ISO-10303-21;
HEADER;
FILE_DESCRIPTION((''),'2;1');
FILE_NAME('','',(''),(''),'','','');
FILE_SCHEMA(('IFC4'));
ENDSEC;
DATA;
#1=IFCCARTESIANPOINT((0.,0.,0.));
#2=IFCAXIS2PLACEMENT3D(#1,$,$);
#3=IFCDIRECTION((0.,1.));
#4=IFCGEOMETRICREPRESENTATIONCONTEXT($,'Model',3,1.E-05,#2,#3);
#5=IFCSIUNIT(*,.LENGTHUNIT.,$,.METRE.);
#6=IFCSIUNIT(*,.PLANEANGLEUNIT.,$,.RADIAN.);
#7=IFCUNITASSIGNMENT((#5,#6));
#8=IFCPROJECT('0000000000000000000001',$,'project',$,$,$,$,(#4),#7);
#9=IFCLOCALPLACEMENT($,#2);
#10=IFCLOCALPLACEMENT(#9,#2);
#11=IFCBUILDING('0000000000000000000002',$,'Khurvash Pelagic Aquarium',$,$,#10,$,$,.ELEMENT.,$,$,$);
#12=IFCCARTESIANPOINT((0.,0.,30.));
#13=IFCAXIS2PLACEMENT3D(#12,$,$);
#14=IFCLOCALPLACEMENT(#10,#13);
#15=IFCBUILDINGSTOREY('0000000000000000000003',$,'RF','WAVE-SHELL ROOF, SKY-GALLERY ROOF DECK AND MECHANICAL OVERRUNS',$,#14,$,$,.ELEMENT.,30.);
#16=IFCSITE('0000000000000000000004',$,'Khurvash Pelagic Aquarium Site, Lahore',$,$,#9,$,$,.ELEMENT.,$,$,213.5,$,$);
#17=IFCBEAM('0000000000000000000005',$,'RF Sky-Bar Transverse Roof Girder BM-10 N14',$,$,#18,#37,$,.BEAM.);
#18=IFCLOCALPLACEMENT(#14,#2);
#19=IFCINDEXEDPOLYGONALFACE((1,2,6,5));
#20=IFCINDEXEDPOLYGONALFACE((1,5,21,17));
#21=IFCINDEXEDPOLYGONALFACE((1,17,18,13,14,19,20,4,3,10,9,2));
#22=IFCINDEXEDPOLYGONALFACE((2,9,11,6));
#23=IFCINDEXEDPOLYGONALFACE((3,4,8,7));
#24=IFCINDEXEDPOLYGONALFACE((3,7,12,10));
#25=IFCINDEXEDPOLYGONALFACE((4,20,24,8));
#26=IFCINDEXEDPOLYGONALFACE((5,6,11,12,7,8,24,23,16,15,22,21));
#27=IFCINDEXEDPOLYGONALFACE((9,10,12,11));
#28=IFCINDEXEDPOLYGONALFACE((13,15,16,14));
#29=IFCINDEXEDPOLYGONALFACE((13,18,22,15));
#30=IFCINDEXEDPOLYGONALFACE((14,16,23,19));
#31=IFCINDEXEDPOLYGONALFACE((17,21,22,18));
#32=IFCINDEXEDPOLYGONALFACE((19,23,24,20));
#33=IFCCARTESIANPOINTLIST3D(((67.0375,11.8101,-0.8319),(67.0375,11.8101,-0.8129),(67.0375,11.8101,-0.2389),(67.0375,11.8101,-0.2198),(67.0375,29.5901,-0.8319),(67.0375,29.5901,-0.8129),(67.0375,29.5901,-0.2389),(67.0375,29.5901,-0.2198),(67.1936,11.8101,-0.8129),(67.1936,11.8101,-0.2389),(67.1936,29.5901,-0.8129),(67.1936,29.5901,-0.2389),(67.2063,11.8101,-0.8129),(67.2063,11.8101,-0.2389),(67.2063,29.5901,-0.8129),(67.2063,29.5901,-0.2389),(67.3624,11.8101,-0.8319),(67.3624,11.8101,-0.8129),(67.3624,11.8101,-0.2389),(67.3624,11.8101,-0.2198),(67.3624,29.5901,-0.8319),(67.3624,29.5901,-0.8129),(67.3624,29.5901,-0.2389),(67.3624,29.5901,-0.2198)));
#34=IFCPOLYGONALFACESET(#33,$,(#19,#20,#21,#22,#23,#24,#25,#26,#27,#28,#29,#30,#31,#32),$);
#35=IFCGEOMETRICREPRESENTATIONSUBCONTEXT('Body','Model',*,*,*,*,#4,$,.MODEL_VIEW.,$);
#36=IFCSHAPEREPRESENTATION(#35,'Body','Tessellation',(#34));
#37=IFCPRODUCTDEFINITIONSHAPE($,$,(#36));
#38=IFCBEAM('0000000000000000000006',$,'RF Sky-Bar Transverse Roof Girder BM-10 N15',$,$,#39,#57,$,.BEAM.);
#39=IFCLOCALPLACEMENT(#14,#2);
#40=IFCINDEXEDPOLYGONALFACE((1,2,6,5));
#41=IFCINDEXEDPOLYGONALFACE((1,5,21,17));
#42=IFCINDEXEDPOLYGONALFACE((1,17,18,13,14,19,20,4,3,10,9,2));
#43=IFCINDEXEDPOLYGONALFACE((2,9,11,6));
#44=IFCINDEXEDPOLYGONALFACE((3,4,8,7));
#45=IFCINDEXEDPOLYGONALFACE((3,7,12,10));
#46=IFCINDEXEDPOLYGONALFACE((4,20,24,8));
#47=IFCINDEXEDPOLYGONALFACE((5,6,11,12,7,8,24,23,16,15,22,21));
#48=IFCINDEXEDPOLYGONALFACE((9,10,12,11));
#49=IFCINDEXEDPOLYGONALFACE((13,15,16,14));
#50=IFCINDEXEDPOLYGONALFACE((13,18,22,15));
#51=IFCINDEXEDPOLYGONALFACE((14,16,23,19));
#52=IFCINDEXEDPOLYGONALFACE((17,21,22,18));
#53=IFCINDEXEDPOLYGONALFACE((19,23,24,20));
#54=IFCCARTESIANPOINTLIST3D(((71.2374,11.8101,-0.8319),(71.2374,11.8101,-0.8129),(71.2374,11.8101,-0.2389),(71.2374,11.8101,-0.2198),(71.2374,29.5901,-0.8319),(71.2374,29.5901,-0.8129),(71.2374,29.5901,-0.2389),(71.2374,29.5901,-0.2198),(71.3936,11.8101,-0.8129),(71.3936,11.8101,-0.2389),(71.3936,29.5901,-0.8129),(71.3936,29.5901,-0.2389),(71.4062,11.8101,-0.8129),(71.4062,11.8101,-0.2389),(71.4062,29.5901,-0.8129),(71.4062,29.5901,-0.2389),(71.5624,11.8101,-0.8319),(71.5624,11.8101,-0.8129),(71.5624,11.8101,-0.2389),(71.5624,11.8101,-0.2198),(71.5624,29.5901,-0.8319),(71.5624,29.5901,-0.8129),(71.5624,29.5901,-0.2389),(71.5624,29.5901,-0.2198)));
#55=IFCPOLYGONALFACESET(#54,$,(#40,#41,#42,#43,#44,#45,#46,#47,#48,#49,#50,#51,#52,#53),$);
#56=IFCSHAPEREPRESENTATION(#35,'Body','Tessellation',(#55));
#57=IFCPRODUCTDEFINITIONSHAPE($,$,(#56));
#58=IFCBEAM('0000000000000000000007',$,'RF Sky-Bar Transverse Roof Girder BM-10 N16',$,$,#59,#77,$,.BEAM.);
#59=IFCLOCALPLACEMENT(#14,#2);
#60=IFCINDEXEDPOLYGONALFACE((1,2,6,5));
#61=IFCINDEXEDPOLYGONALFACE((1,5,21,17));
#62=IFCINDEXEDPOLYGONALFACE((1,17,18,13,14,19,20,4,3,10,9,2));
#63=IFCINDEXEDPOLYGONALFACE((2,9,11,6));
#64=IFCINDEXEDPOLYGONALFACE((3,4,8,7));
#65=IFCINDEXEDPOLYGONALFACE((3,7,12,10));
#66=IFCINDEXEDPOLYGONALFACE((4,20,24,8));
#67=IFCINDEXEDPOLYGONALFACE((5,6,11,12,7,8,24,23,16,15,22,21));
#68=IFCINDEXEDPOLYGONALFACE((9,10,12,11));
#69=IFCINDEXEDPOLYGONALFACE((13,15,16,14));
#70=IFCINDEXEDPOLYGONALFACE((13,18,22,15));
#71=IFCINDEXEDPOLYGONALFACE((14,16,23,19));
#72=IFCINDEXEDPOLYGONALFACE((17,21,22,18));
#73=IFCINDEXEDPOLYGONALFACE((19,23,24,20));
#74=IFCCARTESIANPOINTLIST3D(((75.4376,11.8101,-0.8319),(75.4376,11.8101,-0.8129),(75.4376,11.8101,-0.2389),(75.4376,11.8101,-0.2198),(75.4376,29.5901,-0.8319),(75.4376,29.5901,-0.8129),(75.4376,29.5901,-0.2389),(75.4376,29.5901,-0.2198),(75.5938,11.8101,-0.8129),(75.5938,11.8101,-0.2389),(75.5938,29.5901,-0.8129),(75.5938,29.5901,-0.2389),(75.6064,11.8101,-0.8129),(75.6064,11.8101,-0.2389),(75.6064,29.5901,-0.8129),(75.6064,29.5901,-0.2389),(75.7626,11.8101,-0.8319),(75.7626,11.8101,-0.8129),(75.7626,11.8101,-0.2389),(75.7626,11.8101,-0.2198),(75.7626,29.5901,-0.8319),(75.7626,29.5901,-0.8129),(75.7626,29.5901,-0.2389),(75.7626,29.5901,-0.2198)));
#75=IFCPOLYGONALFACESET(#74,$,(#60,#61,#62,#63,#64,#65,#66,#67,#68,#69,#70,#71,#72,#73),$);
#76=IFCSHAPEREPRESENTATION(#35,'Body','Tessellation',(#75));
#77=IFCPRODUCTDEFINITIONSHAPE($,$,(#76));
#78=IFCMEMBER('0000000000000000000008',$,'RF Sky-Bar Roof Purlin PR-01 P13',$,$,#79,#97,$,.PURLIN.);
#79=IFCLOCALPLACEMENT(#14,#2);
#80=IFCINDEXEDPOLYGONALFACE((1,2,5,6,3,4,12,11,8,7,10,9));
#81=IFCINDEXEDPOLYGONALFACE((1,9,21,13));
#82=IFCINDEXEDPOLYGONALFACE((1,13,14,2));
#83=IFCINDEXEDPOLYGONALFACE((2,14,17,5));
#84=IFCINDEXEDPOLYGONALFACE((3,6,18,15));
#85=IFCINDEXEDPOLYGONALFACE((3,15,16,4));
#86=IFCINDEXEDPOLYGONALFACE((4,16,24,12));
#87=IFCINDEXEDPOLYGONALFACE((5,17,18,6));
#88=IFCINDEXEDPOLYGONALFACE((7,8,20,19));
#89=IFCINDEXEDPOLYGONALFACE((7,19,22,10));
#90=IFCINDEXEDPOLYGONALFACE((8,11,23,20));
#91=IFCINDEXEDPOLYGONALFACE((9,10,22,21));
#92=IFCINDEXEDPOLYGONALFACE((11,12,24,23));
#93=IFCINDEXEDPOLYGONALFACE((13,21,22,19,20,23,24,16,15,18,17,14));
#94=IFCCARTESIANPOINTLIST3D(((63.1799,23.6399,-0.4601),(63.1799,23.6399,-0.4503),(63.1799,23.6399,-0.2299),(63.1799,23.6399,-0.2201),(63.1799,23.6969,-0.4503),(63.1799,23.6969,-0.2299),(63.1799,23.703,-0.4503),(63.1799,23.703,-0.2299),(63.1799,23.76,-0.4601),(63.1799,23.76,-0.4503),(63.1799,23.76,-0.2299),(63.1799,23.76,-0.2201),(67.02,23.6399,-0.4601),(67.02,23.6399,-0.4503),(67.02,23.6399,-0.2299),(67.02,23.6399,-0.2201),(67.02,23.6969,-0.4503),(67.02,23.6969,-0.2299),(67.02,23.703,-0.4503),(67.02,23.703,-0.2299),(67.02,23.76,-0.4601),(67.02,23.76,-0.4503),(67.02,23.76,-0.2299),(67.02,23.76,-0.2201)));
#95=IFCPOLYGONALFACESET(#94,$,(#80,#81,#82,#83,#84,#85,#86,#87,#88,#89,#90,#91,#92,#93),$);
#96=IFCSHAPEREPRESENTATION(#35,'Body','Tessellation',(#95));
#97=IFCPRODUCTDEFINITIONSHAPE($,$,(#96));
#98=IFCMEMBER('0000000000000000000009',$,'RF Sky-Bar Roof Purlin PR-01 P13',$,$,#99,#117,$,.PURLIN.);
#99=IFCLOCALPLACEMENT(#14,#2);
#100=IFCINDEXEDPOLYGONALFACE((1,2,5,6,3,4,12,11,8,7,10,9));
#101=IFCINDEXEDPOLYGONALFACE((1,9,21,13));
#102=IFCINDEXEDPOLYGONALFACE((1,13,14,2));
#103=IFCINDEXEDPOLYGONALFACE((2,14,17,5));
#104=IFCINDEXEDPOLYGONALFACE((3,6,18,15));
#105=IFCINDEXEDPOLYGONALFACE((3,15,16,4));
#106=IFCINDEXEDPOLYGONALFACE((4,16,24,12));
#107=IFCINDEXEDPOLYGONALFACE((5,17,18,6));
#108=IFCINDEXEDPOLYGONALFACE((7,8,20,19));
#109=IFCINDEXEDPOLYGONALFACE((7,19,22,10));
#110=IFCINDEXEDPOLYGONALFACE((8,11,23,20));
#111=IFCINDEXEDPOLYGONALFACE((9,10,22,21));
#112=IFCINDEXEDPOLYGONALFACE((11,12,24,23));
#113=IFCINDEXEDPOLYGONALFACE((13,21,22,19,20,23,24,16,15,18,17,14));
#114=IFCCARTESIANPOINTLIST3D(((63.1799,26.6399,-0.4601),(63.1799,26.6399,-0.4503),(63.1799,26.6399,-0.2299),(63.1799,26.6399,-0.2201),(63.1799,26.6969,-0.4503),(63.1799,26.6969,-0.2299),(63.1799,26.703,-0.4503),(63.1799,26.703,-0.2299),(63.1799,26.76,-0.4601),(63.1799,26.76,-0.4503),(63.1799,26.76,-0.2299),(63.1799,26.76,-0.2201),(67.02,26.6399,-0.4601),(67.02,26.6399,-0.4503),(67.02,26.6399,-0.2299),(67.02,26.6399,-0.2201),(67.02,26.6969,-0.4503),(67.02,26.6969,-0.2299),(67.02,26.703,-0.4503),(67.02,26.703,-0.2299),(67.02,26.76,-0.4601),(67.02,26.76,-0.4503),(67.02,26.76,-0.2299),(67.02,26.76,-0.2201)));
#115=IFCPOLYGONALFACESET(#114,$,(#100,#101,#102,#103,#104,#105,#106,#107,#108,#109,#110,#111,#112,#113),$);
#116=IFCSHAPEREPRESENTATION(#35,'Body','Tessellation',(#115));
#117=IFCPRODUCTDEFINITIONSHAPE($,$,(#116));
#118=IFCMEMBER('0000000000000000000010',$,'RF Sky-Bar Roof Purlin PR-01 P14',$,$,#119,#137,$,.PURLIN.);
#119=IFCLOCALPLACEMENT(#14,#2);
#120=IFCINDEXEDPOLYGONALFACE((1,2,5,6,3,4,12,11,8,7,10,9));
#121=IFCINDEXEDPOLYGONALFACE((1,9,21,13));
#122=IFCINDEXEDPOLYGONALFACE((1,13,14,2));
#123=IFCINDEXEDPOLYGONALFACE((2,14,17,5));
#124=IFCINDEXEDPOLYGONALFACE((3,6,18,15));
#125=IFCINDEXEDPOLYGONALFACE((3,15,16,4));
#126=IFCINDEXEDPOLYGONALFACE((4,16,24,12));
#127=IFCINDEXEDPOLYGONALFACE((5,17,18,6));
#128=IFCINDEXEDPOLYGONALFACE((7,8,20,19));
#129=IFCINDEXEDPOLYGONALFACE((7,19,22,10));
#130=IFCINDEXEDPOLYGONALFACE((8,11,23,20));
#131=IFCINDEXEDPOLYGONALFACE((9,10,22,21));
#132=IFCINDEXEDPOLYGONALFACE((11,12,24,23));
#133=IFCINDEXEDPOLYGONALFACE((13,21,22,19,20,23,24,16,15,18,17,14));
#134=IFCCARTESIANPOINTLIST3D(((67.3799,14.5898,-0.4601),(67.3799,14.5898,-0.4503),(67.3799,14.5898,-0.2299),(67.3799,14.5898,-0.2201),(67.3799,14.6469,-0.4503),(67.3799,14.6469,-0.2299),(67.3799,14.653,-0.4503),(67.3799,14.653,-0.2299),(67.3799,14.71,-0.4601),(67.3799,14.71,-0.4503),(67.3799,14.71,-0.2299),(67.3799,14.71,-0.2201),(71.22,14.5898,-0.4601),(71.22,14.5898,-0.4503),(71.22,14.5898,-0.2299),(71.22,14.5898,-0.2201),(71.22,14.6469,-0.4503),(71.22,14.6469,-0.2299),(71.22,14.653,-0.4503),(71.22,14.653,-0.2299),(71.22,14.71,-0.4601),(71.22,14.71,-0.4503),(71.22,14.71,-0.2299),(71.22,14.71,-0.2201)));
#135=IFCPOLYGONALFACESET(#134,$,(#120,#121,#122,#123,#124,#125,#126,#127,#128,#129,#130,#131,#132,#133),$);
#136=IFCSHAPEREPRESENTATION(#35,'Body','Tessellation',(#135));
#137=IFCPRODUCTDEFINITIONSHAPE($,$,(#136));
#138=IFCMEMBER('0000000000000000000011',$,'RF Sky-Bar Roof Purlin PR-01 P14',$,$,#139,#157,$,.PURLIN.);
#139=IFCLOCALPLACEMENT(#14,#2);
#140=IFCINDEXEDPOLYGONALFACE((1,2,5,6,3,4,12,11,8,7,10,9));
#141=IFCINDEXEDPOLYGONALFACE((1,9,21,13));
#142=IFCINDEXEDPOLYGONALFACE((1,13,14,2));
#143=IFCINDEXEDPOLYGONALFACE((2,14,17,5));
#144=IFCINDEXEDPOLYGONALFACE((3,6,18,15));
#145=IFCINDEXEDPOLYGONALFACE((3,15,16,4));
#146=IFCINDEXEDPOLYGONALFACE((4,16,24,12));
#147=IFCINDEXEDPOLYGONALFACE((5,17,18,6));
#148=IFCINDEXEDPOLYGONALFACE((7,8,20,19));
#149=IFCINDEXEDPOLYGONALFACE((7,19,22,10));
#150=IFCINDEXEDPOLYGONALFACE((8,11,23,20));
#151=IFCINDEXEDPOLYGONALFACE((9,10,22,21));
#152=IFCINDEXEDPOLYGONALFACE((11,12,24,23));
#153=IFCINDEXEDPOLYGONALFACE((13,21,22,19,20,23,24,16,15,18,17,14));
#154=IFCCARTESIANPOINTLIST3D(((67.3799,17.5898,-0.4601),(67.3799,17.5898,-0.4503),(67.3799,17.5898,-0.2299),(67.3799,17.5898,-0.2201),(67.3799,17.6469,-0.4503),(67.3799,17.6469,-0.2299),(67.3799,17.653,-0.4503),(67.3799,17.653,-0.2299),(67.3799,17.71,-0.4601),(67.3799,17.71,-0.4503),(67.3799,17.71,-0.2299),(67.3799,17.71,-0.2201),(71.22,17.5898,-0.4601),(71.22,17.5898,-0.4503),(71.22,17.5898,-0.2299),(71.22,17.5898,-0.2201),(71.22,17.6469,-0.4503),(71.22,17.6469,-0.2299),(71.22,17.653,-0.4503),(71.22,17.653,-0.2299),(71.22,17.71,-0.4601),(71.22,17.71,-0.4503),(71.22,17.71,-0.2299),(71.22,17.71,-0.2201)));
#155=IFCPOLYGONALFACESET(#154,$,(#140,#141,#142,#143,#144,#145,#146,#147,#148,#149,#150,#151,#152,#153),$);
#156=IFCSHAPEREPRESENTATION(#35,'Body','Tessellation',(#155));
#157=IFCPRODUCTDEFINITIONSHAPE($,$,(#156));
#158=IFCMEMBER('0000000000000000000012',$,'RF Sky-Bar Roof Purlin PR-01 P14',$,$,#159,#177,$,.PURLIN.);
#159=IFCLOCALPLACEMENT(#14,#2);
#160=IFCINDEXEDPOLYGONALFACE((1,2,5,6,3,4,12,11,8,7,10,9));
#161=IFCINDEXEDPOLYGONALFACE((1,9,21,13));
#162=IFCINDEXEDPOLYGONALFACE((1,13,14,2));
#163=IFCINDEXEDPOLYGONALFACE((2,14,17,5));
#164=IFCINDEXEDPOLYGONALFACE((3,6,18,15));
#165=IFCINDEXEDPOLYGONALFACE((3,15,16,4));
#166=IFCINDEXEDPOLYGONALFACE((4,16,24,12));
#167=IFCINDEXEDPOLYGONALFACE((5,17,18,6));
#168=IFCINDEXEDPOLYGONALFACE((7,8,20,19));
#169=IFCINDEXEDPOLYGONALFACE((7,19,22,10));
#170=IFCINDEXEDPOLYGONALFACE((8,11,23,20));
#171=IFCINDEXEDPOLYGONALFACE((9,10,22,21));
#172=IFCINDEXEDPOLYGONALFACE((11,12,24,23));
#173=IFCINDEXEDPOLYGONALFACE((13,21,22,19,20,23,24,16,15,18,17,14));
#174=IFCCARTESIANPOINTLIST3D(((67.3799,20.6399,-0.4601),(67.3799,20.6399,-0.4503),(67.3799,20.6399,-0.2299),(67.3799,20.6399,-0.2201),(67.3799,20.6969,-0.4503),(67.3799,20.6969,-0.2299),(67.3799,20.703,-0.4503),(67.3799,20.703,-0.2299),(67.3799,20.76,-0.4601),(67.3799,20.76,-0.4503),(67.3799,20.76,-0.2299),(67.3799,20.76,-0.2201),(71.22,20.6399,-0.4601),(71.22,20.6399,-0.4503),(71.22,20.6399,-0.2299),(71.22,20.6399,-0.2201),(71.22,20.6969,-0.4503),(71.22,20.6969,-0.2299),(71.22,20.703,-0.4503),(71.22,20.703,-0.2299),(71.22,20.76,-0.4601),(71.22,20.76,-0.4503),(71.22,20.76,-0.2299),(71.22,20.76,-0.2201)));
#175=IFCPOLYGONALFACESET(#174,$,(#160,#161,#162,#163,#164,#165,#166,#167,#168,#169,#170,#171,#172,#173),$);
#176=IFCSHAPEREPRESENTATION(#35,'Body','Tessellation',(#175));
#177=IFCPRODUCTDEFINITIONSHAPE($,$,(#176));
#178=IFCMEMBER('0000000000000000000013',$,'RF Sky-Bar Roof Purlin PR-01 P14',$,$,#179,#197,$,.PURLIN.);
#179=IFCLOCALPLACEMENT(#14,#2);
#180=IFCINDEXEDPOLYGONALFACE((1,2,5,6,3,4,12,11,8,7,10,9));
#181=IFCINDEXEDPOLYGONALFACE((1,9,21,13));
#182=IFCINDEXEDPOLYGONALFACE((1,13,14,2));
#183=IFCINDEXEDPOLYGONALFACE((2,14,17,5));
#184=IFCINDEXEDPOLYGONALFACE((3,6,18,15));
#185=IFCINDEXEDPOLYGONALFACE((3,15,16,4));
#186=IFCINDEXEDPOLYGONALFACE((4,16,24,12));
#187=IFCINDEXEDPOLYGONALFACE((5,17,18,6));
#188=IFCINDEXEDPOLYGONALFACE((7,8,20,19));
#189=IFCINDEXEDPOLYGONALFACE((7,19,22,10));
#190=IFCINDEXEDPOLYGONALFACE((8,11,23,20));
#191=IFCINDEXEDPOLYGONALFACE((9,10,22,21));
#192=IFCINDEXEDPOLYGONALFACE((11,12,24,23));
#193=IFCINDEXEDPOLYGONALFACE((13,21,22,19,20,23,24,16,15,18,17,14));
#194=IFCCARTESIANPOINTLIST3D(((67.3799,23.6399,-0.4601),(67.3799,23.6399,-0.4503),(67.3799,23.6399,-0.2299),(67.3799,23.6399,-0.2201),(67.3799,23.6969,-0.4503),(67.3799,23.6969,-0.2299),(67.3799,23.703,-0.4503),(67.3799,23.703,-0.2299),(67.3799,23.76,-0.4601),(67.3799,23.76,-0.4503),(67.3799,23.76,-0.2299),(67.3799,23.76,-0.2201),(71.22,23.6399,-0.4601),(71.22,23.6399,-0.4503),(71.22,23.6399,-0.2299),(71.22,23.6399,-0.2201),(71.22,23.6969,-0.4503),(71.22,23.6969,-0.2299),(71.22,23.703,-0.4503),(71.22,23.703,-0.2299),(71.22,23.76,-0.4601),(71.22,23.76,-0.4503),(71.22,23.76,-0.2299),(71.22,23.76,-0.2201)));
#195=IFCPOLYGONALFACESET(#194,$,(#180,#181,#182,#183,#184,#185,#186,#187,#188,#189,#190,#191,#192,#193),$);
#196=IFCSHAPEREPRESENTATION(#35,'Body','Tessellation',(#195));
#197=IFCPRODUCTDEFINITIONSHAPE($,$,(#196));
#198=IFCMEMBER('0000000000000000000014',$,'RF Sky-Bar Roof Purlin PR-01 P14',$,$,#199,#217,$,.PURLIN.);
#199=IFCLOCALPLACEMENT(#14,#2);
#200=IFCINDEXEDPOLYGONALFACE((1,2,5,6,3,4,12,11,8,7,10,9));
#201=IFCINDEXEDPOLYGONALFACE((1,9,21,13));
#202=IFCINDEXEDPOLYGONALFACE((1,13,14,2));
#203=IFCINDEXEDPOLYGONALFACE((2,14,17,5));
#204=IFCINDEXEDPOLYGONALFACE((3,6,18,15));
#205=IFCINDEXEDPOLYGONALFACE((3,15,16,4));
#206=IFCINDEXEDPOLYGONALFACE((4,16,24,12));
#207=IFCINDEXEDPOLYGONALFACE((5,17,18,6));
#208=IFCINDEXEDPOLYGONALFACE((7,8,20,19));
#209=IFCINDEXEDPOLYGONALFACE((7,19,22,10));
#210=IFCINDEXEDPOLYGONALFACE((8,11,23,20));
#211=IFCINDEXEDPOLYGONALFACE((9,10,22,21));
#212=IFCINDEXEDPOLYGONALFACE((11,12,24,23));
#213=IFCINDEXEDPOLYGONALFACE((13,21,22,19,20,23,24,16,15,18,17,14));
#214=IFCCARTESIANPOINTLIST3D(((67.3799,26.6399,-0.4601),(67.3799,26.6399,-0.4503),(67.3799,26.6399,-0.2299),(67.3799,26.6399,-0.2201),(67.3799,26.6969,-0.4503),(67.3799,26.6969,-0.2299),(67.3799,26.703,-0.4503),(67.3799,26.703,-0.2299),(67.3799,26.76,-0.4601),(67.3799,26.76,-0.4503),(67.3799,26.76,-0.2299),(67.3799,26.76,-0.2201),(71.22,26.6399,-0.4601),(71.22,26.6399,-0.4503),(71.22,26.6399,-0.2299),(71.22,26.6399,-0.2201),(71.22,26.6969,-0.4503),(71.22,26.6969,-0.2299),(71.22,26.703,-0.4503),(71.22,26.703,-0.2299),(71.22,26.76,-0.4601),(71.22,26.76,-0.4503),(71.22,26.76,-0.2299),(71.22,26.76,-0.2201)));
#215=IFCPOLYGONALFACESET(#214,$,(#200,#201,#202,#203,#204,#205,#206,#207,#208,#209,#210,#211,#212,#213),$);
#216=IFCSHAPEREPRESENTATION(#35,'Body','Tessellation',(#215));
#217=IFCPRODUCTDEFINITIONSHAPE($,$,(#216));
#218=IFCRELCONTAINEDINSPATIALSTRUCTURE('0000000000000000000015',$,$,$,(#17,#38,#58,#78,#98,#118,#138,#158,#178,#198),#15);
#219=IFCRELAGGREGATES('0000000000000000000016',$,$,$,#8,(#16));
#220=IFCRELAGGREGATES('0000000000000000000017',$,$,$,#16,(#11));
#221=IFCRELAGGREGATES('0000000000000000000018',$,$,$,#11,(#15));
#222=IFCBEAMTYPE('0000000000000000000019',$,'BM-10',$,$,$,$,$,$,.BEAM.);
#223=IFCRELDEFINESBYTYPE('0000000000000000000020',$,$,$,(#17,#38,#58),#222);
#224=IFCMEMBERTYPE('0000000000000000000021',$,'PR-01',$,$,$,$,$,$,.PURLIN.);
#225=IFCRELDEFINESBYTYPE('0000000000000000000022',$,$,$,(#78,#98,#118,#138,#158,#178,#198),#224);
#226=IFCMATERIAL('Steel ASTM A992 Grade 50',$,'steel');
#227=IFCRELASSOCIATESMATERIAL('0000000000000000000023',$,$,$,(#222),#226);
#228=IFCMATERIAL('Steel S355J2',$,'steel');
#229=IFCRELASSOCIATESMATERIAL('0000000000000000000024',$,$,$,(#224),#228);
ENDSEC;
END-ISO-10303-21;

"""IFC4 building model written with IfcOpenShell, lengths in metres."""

from ifc_helpers import new_model, si_unit, direction, frame, origin, origin_2d, place, context, subcontext, project, spatial, i_section, extrude, material, material_profile, profile_set, type_object, element, save


model = new_model("IFC4")

# Units and contexts
model_context = context("Model", 3, precision=1e-05, world=origin(), true_north=direction((0.0, 1.0)))
body_context = subcontext(model_context, "Body", "Model", "MODEL_VIEW")
ifc_project = project(units=[si_unit("LENGTHUNIT", "METRE"), si_unit("PLANEANGLEUNIT", "RADIAN")], contexts=[model_context])

# Site, building, storey
site_placement = place(None, origin())
site = spatial("IfcSite", under=ifc_project, at=site_placement, Name="Khurvash Pelagic Aquarium Site, Lahore", CompositionType="ELEMENT", RefElevation=213.5)
building_placement = place(site_placement, origin())
building = spatial("IfcBuilding", under=site, at=building_placement, Name="Khurvash Pelagic Aquarium", CompositionType="ELEMENT")
storey_placement = place(building_placement, frame((0.0, 0.0, 30.0)))
storey = spatial("IfcBuildingStorey", under=building, at=storey_placement, Name="RF", Description="WAVE-SHELL ROOF, SKY-GALLERY ROOF DECK AND MECHANICAL OVERRUNS", CompositionType="ELEMENT", Elevation=30.0)

# Beams
ifc_material_1 = material(Name="Steel ASTM A992 Grade 50", Category="steel")
ifc_material_profile_1 = material_profile(ifc_material_1, i_section(OverallWidth=0.325, OverallDepth=0.6121, WebThickness=0.0127, FlangeThickness=0.019, at=origin_2d()), Name="W24X104")
ifc_profile_set_1 = profile_set([ifc_material_profile_1], Name="Steel ASTM A992 Grade 50")
beam_type = type_object("IfcBeamType", Name="BM-10", PredefinedType="BEAM", material=ifc_profile_set_1)
for number, where, z_axis, x_axis, name in (
    (1, (67.2, 11.8101, -0.5259), (0.0, 1.0, 0.0), (-1.0, 0.0, 0.0), "RF Sky-Bar Transverse Roof Girder BM-10 N14"),
    (2, (71.3999, 11.8101, -0.5259), (0.0, 1.0, 0.0), (-1.0, 0.0, 0.0), "RF Sky-Bar Transverse Roof Girder BM-10 N15"),
    (3, (75.6001, 11.8101, -0.5259), (0.0, 1.0, 0.0), (-1.0, 0.0, 0.0), "RF Sky-Bar Transverse Roof Girder BM-10 N16"),
):
    element("IfcBeam", number, at=place(storey_placement, frame(where, z_axis=z_axis, x_axis=x_axis)), inside=storey, type_object=beam_type, Name=name, PredefinedType="BEAM", context=body_context, shape_type="SweptSolid", body=[
        extrude(i_section(OverallWidth=0.325, OverallDepth=0.6121, WebThickness=0.0127, FlangeThickness=0.019, at=origin_2d()), origin(), (0.0, 0.0, 1.0), 17.78),
    ])

# Members
ifc_material_2 = material(Name="Steel S355J2", Category="steel")
ifc_material_profile_2 = material_profile(ifc_material_2, i_section(OverallWidth=0.1201, OverallDepth=0.24, WebThickness=0.0061, FlangeThickness=0.0098, at=origin_2d()), Name="IPE240")
ifc_profile_set_2 = profile_set([ifc_material_profile_2], Name="Steel S355J2")
member_type = type_object("IfcMemberType", Name="PR-01", PredefinedType="PURLIN", material=ifc_profile_set_2)
for number, where, z_axis, x_axis, name in (
    (4, (63.1799, 23.7, -0.3401), (1.0, 0.0, 0.0), (0.0, 1.0, 0.0), "RF Sky-Bar Roof Purlin PR-01 P13"),
    (5, (63.1799, 26.7, -0.3401), (1.0, 0.0, 0.0), (0.0, 1.0, 0.0), "RF Sky-Bar Roof Purlin PR-01 P13"),
    (6, (67.3799, 14.6499, -0.3401), (1.0, 0.0, 0.0), (0.0, 1.0, 0.0), "RF Sky-Bar Roof Purlin PR-01 P14"),
    (7, (67.3799, 17.6499, -0.3401), (1.0, 0.0, 0.0), (0.0, 1.0, 0.0), "RF Sky-Bar Roof Purlin PR-01 P14"),
    (8, (67.3799, 20.7, -0.3401), (1.0, 0.0, 0.0), (0.0, 1.0, 0.0), "RF Sky-Bar Roof Purlin PR-01 P14"),
    (9, (67.3799, 23.7, -0.3401), (1.0, 0.0, 0.0), (0.0, 1.0, 0.0), "RF Sky-Bar Roof Purlin PR-01 P14"),
    (10, (67.3799, 26.7, -0.3401), (1.0, 0.0, 0.0), (0.0, 1.0, 0.0), "RF Sky-Bar Roof Purlin PR-01 P14"),
):
    element("IfcMember", number, at=place(storey_placement, frame(where, z_axis=z_axis, x_axis=x_axis)), inside=storey, type_object=member_type, Name=name, PredefinedType="PURLIN", context=body_context, shape_type="SweptSolid", body=[
        extrude(i_section(OverallWidth=0.1201, OverallDepth=0.24, WebThickness=0.0061, FlangeThickness=0.0098, at=origin_2d()), origin(), (0.0, 0.0, 1.0), 3.8401),
    ])

save(model, "model.ifc")
